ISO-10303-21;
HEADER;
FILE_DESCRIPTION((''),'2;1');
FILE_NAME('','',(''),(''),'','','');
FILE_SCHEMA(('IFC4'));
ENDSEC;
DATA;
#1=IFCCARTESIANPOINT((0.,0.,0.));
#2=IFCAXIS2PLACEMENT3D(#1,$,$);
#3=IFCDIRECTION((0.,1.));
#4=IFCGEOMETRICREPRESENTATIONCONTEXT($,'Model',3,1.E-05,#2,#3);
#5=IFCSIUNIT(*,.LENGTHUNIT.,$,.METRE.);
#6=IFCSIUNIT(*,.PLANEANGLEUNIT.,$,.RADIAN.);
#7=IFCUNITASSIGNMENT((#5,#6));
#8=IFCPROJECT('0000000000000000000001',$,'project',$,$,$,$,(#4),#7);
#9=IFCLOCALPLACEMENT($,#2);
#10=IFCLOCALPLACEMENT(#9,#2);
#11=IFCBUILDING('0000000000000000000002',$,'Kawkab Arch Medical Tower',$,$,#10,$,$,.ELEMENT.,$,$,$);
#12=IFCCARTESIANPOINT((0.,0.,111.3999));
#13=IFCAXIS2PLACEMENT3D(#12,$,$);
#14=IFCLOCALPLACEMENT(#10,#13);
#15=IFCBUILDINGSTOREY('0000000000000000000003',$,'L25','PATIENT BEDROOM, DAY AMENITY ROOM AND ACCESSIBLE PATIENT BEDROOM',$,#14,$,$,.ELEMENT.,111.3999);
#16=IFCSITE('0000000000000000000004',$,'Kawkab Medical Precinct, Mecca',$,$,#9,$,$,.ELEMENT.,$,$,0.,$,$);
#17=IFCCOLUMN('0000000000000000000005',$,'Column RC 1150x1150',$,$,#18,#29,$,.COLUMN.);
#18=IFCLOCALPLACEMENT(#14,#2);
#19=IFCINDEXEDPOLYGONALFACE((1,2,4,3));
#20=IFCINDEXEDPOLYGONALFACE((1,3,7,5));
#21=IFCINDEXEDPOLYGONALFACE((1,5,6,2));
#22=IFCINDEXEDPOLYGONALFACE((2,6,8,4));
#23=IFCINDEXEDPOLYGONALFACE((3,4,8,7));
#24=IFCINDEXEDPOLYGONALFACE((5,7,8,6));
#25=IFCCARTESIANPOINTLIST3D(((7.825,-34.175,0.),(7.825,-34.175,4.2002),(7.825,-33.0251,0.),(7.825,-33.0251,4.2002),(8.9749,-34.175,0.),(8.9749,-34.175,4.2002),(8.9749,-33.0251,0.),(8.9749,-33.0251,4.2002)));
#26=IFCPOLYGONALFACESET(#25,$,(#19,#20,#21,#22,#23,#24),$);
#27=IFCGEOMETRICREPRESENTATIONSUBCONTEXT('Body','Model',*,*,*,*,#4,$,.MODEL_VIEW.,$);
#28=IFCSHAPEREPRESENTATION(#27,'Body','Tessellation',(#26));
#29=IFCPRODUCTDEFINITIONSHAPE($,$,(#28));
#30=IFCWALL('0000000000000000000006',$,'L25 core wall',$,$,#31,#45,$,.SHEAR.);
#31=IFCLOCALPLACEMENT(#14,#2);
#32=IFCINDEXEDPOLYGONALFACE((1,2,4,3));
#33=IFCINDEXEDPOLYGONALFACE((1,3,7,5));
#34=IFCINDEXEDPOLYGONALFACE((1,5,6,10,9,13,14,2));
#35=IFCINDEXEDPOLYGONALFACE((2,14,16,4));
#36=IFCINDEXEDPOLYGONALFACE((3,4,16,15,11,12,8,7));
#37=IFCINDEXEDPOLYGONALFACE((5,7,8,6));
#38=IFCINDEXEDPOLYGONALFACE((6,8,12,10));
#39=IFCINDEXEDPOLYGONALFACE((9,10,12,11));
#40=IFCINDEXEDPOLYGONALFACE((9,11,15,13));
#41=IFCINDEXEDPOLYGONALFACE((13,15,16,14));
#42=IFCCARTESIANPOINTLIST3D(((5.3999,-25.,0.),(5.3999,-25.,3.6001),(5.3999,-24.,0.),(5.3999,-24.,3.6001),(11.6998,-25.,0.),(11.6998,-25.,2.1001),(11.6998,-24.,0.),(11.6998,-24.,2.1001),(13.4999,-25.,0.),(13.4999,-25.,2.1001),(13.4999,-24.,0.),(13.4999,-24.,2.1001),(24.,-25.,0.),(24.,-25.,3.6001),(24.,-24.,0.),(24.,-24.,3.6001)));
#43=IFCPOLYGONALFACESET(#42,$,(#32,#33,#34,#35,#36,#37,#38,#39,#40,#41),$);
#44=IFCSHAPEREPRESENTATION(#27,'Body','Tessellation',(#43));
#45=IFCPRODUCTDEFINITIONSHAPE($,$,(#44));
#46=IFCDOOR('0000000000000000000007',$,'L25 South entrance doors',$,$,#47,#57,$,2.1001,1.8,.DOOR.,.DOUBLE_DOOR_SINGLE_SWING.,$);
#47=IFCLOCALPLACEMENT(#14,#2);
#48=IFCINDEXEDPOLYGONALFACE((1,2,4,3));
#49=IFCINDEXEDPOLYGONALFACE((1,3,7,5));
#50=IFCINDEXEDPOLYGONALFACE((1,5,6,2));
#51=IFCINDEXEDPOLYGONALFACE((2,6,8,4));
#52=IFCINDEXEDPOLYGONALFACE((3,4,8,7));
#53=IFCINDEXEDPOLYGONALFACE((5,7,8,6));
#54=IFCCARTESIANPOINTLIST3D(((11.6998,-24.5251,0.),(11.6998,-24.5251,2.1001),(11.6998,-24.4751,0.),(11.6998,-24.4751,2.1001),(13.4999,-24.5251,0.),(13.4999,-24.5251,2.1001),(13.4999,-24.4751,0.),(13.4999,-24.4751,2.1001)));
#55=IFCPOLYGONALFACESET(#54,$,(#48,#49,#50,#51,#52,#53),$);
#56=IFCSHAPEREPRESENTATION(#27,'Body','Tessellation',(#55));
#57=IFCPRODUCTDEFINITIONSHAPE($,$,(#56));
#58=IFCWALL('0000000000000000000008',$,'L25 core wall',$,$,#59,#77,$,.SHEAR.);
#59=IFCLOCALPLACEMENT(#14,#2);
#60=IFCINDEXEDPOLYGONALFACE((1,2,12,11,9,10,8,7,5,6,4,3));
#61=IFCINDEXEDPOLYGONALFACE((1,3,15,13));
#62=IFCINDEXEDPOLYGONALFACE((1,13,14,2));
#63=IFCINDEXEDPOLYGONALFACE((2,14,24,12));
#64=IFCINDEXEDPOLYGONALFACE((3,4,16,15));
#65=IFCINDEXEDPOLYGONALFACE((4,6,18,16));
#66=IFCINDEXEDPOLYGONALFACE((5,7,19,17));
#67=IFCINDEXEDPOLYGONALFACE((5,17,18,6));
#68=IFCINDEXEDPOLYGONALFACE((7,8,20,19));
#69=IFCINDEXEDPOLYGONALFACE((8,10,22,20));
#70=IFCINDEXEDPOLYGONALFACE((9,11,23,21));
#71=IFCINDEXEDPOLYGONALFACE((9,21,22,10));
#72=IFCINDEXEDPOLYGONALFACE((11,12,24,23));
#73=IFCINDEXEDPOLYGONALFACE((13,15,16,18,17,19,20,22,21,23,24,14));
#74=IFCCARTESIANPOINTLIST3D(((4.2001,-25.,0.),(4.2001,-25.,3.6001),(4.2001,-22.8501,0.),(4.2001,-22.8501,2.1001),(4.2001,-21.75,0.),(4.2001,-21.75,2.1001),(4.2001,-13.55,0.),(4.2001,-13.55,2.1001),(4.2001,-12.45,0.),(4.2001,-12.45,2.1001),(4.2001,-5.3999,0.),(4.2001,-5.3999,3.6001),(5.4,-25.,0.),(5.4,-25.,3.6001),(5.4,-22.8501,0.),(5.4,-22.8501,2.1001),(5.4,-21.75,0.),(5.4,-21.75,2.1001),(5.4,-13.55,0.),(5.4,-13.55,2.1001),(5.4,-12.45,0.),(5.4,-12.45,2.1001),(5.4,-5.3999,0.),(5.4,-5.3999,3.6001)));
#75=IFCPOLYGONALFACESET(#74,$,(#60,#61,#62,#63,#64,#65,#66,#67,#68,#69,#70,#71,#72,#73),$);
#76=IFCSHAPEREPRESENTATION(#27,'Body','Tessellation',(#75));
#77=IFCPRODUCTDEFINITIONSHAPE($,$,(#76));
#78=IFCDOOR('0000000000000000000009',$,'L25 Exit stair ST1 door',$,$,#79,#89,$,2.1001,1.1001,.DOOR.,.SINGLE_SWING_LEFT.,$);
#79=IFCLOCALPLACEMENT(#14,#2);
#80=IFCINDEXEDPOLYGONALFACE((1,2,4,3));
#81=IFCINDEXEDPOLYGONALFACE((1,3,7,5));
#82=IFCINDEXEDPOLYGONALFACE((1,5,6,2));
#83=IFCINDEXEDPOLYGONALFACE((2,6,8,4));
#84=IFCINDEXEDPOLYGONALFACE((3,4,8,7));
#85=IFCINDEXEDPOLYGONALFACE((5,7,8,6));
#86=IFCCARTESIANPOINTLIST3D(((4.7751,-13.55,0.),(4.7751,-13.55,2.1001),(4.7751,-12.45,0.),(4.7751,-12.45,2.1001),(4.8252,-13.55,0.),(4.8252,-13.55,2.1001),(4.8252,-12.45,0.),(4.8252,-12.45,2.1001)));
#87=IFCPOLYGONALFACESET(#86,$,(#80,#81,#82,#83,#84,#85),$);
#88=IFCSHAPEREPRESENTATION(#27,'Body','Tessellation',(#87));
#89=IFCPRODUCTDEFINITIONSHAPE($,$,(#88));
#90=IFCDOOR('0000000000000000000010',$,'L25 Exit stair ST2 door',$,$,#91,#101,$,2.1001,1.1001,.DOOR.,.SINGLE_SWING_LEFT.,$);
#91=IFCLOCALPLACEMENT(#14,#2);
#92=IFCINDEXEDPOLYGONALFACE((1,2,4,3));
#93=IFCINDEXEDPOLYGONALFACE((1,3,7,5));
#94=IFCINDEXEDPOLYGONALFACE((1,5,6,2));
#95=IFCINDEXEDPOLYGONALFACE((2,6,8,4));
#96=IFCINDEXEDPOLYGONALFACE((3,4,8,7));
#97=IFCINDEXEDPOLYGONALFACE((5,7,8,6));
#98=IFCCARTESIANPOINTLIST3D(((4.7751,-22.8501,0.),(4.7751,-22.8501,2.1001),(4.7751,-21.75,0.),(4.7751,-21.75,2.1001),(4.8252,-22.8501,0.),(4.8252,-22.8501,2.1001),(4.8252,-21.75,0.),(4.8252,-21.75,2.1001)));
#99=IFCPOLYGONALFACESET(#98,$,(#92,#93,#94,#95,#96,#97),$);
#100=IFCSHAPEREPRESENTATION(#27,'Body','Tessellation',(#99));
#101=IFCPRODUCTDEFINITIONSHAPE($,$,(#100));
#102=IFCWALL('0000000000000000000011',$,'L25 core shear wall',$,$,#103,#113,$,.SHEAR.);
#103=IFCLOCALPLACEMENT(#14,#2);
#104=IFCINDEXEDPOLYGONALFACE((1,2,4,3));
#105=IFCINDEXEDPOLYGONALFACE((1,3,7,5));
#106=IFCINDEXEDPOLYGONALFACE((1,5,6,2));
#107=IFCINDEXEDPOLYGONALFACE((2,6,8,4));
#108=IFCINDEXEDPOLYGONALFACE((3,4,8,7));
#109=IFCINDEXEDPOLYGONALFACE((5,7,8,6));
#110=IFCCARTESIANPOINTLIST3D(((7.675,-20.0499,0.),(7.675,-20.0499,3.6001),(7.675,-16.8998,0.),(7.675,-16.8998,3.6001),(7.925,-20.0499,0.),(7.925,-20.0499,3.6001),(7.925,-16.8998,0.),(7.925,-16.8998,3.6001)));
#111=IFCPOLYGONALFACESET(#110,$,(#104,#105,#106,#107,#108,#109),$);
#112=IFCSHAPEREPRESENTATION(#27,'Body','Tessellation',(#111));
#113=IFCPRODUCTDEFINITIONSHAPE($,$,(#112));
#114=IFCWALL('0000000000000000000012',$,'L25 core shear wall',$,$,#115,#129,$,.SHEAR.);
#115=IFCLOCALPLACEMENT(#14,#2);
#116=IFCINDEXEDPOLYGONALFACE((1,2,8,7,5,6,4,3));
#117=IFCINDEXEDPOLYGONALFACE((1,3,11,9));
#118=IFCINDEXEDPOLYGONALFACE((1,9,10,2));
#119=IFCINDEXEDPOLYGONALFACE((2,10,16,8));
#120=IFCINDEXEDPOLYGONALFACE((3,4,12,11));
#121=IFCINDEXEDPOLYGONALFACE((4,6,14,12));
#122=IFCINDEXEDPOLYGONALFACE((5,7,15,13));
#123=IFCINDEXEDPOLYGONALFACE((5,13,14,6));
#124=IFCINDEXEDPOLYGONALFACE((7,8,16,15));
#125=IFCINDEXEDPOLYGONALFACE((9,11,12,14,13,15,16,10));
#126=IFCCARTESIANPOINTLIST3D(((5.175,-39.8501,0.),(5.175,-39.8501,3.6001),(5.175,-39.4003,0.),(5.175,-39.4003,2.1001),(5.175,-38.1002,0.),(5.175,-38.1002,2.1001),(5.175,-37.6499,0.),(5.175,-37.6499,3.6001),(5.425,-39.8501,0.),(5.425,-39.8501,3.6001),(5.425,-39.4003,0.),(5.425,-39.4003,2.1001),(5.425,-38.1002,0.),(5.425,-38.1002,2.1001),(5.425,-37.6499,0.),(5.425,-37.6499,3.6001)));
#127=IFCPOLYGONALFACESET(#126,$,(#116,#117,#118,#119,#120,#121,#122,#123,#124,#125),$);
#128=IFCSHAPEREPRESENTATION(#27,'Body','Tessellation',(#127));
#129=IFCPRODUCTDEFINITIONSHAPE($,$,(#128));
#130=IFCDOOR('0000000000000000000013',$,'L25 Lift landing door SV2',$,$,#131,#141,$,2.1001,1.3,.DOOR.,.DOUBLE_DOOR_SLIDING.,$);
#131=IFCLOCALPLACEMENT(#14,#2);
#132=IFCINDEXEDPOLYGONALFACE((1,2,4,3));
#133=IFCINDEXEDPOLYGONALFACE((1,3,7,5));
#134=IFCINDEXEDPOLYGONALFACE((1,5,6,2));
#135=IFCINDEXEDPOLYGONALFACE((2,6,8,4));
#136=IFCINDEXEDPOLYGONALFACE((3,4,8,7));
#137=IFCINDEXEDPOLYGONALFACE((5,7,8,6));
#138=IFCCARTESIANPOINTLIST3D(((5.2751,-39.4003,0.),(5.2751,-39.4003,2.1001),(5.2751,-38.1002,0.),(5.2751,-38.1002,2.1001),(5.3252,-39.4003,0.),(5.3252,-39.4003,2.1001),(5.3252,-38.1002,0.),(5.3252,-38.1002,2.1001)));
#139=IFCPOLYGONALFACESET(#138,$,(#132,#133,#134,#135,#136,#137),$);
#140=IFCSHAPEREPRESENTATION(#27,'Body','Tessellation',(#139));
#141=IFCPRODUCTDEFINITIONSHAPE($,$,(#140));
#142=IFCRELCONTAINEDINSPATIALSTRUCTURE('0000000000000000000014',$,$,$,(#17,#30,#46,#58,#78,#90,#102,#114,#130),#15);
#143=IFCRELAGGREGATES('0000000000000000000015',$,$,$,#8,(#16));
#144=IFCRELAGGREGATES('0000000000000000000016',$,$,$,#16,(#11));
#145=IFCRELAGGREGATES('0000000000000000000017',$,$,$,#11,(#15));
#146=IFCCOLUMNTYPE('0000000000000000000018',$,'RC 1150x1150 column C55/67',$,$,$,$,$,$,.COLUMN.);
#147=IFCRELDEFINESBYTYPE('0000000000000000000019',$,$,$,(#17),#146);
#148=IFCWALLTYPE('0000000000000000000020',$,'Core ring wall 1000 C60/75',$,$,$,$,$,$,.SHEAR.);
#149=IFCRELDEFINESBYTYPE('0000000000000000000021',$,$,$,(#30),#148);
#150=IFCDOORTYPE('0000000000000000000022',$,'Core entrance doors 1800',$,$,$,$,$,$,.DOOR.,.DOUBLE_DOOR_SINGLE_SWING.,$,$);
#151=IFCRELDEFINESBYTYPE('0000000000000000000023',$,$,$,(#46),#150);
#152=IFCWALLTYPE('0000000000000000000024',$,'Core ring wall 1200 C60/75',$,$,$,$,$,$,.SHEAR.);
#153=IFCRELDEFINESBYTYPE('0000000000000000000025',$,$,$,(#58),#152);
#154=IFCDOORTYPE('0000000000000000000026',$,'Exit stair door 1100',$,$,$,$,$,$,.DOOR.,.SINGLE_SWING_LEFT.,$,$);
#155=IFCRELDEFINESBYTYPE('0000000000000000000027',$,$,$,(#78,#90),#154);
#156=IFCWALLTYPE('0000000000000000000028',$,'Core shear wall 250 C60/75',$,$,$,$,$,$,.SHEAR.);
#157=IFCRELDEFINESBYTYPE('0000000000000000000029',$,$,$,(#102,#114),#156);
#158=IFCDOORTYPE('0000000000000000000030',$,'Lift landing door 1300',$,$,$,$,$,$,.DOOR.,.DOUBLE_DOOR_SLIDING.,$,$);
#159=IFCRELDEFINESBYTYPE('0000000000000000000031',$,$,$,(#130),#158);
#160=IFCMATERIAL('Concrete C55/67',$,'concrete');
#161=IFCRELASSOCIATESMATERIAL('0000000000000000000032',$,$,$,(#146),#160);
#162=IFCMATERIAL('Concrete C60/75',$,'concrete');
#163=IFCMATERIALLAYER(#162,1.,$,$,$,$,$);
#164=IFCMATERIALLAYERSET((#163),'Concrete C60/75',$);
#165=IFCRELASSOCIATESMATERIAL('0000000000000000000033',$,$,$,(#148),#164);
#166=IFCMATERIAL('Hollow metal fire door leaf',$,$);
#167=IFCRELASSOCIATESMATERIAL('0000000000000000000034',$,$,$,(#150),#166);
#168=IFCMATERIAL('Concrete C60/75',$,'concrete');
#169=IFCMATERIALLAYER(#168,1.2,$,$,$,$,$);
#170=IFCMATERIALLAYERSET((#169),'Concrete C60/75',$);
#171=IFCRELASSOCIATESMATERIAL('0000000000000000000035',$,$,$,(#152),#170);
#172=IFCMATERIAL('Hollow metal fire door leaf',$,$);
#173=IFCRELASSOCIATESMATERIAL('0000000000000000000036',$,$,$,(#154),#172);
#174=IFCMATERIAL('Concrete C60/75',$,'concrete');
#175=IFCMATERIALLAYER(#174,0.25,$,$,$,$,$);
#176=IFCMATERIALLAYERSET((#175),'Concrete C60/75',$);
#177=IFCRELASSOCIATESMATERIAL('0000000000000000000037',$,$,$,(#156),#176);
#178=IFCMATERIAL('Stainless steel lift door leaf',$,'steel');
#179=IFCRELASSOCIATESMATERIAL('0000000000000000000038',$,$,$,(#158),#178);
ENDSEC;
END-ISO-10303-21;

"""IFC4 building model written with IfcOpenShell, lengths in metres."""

from ifc_helpers import new_model, si_unit, direction, frame, frame_2d, origin, origin_2d, place, context, subcontext, project, spatial, rectangle, extrude, material, layer, layer_set, material_profile, profile_set, type_object, element, fill, save


model = new_model("IFC4")

# Units and contexts
model_context = context("Model", 3, precision=1e-05, world=origin(), true_north=direction((0.0, 1.0)))
body_context = subcontext(model_context, "Body", "Model", "MODEL_VIEW")
ifc_project = project(units=[si_unit("LENGTHUNIT", "METRE"), si_unit("PLANEANGLEUNIT", "RADIAN")], contexts=[model_context])

# Site, building, storey
site_placement = place(None, origin())
site = spatial("IfcSite", under=ifc_project, at=site_placement, Name="Kawkab Medical Precinct, Mecca", CompositionType="ELEMENT", RefElevation=0.0)
building_placement = place(site_placement, origin())
building = spatial("IfcBuilding", under=site, at=building_placement, Name="Kawkab Arch Medical Tower", CompositionType="ELEMENT")
storey_placement = place(building_placement, frame((0.0, 0.0, 111.3999)))
storey = spatial("IfcBuildingStorey", under=building, at=storey_placement, Name="L25", Description="PATIENT BEDROOM, DAY AMENITY ROOM AND ACCESSIBLE PATIENT BEDROOM", CompositionType="ELEMENT", Elevation=111.3999)

# Column
ifc_material_1 = material(Name="Concrete C55/67", Category="concrete")
ifc_material_profile = material_profile(ifc_material_1, rectangle(XDim=1.1499, YDim=1.1499, at=origin_2d()), Name="RC 1150x1150")
ifc_profile_set = profile_set([ifc_material_profile], Name="Concrete C55/67")
column_type = type_object("IfcColumnType", Name="RC 1150x1150 column C55/67", PredefinedType="COLUMN", material=ifc_profile_set)
column_placement = place(storey_placement, frame((8.3999, -33.6001, 0.0), z_axis=(0.0, 0.0, 1.0), x_axis=(1.0, 0.0, 0.0)))
element("IfcColumn", 1, at=column_placement, inside=storey, type_object=column_type, Name="Column RC 1150x1150", PredefinedType="COLUMN", context=body_context, shape_type="SweptSolid", body=[
    extrude(rectangle(XDim=1.1499, YDim=1.1499, at=origin_2d()), origin(), (0.0, 0.0, 1.0), 4.2002),
])

# Wall, opening, door
ifc_material_2 = material(Name="Concrete C60/75", Category="concrete")
ifc_layer_1 = layer(ifc_material_2, 1.0)
ifc_layer_set_1 = layer_set([ifc_layer_1], Name="Concrete C60/75")
wall_type_1 = type_object("IfcWallType", Name="Core ring wall 1000 C60/75", PredefinedType="SHEAR", material=ifc_layer_set_1)
wall_1_placement = place(storey_placement, frame((5.3999, -24.5, 0.0), z_axis=(0.0, 0.0, 1.0), x_axis=(1.0, 0.0, 0.0)))
wall_1 = element("IfcWall", 2, at=wall_1_placement, inside=storey, type_object=wall_type_1, Name="L25 core wall", PredefinedType="SHEAR", context=body_context, shape_type="SweptSolid", body=[
    extrude(rectangle(XDim=18.6001, YDim=1.0, at=frame_2d((9.3, 0.0))), origin(), (0.0, 0.0, 1.0), 3.6001),
])
opening_1_placement = place(wall_1_placement, frame((6.3, 0.0, 0.0)))
opening_1 = element("IfcOpeningElement", 3, at=opening_1_placement, cuts=wall_1, PredefinedType="OPENING", context=body_context, shape_type="SweptSolid", body=[
    extrude(rectangle(XDim=1.8, YDim=2.1001, at=frame_2d((0.8999, 1.05))), frame((0.0, 0.51, 0.0), z_axis=(0.0, -1.0, 0.0), x_axis=(1.0, 0.0, 0.0)), (0.0, 0.0, 1.0), 1.02),
])
ifc_material_3 = material(Name="Hollow metal fire door leaf")
door_type_1 = type_object("IfcDoorType", Name="Core entrance doors 1800", OperationType="DOUBLE_DOOR_SINGLE_SWING", PredefinedType="DOOR", material=ifc_material_3)
door_1_placement = place(opening_1_placement, origin())
door_1 = element("IfcDoor", 4, at=door_1_placement, inside=storey, type_object=door_type_1, Name="L25 South entrance doors", OperationType="DOUBLE_DOOR_SINGLE_SWING", OverallHeight=2.1001, OverallWidth=1.8, PredefinedType="DOOR", context=body_context, shape_type="SweptSolid", body=[
    extrude(rectangle(XDim=1.8, YDim=2.1001, at=frame_2d((0.8999, 1.05))), frame((0.0, 0.0249, 0.0), z_axis=(0.0, -1.0, 0.0), x_axis=(1.0, 0.0, 0.0)), (0.0, 0.0, 1.0), 0.05),
])
fill(opening_1, door_1)

# Wall, openings, doors
ifc_material_4 = material(Name="Concrete C60/75", Category="concrete")
ifc_layer_2 = layer(ifc_material_4, 1.2)
ifc_layer_set_2 = layer_set([ifc_layer_2], Name="Concrete C60/75")
wall_type_2 = type_object("IfcWallType", Name="Core ring wall 1200 C60/75", PredefinedType="SHEAR", material=ifc_layer_set_2)
wall_2_placement = place(storey_placement, frame((4.8, -25.0, 0.0), z_axis=(0.0, 0.0, 1.0), x_axis=(0.0, 1.0, 0.0)))
wall_2 = element("IfcWall", 5, at=wall_2_placement, inside=storey, type_object=wall_type_2, Name="L25 core wall", PredefinedType="SHEAR", context=body_context, shape_type="SweptSolid", body=[
    extrude(rectangle(XDim=19.6001, YDim=1.2, at=frame_2d((9.8, 0.0))), origin(), (0.0, 0.0, 1.0), 3.6001),
])
opening_2_placement = place(wall_2_placement, frame((11.45, 0.0, 0.0)))
opening_2 = element("IfcOpeningElement", 6, at=opening_2_placement, cuts=wall_2, PredefinedType="OPENING", context=body_context, shape_type="SweptSolid", body=[
    extrude(rectangle(XDim=1.1001, YDim=2.1001, at=frame_2d((0.55, 1.05))), frame((0.0, 0.6099, 0.0), z_axis=(0.0, -1.0, 0.0), x_axis=(1.0, 0.0, 0.0)), (0.0, 0.0, 1.0), 1.22),
])
opening_3_placement = place(wall_2_placement, frame((2.1499, 0.0, 0.0)))
opening_3 = element("IfcOpeningElement", 7, at=opening_3_placement, cuts=wall_2, PredefinedType="OPENING", context=body_context, shape_type="SweptSolid", body=[
    extrude(rectangle(XDim=1.1001, YDim=2.1001, at=frame_2d((0.55, 1.05))), frame((0.0, 0.6099, 0.0), z_axis=(0.0, -1.0, 0.0), x_axis=(1.0, 0.0, 0.0)), (0.0, 0.0, 1.0), 1.22),
])
ifc_material_5 = material(Name="Hollow metal fire door leaf")
door_type_2 = type_object("IfcDoorType", Name="Exit stair door 1100", OperationType="SINGLE_SWING_LEFT", PredefinedType="DOOR", material=ifc_material_5)
door_2_placement = place(opening_2_placement, origin())
door_2 = element("IfcDoor", 8, at=door_2_placement, inside=storey, type_object=door_type_2, Name="L25 Exit stair ST1 door", OperationType="SINGLE_SWING_LEFT", OverallHeight=2.1001, OverallWidth=1.1001, PredefinedType="DOOR", context=body_context, shape_type="SweptSolid", body=[
    extrude(rectangle(XDim=1.1001, YDim=2.1001, at=frame_2d((0.55, 1.05))), frame((0.0, 0.0249, 0.0), z_axis=(0.0, -1.0, 0.0), x_axis=(1.0, 0.0, 0.0)), (0.0, 0.0, 1.0), 0.05),
])
fill(opening_2, door_2)
door_3_placement = place(opening_3_placement, origin())
door_3 = element("IfcDoor", 9, at=door_3_placement, inside=storey, type_object=door_type_2, Name="L25 Exit stair ST2 door", OperationType="SINGLE_SWING_LEFT", OverallHeight=2.1001, OverallWidth=1.1001, PredefinedType="DOOR", context=body_context, shape_type="SweptSolid", body=[
    extrude(rectangle(XDim=1.1001, YDim=2.1001, at=frame_2d((0.55, 1.05))), frame((0.0, 0.0249, 0.0), z_axis=(0.0, -1.0, 0.0), x_axis=(1.0, 0.0, 0.0)), (0.0, 0.0, 1.0), 0.05),
])
fill(opening_3, door_3)

# Wall
ifc_material_6 = material(Name="Concrete C60/75", Category="concrete")
ifc_layer_3 = layer(ifc_material_6, 0.25)
ifc_layer_set_3 = layer_set([ifc_layer_3], Name="Concrete C60/75")
wall_type_3 = type_object("IfcWallType", Name="Core shear wall 250 C60/75", PredefinedType="SHEAR", material=ifc_layer_set_3)
wall_3_placement = place(storey_placement, frame((7.8, -20.05, 0.0), z_axis=(0.0, 0.0, 1.0), x_axis=(0.0, 1.0, 0.0)))
element("IfcWall", 10, at=wall_3_placement, inside=storey, type_object=wall_type_3, Name="L25 core shear wall", PredefinedType="SHEAR", context=body_context, shape_type="SweptSolid", body=[
    extrude(rectangle(XDim=3.1501, YDim=0.25, at=frame_2d((1.5752, 0.0))), origin(), (0.0, 0.0, 1.0), 3.6001),
])

# Wall, opening, door
wall_4_placement = place(storey_placement, frame((5.3, -39.8501, 0.0), z_axis=(0.0, 0.0, 1.0), x_axis=(0.0, 1.0, 0.0)))
wall_4 = element("IfcWall", 11, at=wall_4_placement, inside=storey, type_object=wall_type_3, Name="L25 core shear wall", PredefinedType="SHEAR", context=body_context, shape_type="SweptSolid", body=[
    extrude(rectangle(XDim=2.2002, YDim=0.25, at=frame_2d((1.1001, 0.0))), origin(), (0.0, 0.0, 1.0), 3.6001),
])
opening_4_placement = place(wall_4_placement, frame((0.45, 0.0, 0.0)))
opening_4 = element("IfcOpeningElement", 12, at=opening_4_placement, cuts=wall_4, PredefinedType="OPENING", context=body_context, shape_type="SweptSolid", body=[
    extrude(rectangle(XDim=1.3, YDim=2.1001, at=frame_2d((0.6499, 1.05))), frame((0.0, 0.135, 0.0), z_axis=(0.0, -1.0, 0.0), x_axis=(1.0, 0.0, 0.0)), (0.0, 0.0, 1.0), 0.27),
])
ifc_material_7 = material(Name="Stainless steel lift door leaf", Category="steel")
door_type_3 = type_object("IfcDoorType", Name="Lift landing door 1300", OperationType="DOUBLE_DOOR_SLIDING", PredefinedType="DOOR", material=ifc_material_7)
door_4_placement = place(opening_4_placement, origin())
door_4 = element("IfcDoor", 13, at=door_4_placement, inside=storey, type_object=door_type_3, Name="L25 Lift landing door SV2", OperationType="DOUBLE_DOOR_SLIDING", OverallHeight=2.1001, OverallWidth=1.3, PredefinedType="DOOR", context=body_context, shape_type="SweptSolid", body=[
    extrude(rectangle(XDim=1.3, YDim=2.1001, at=frame_2d((0.6499, 1.05))), frame((0.0, 0.0249, 0.0), z_axis=(0.0, -1.0, 0.0), x_axis=(1.0, 0.0, 0.0)), (0.0, 0.0, 1.0), 0.05),
])
fill(opening_4, door_4)

save(model, "model.ifc")
